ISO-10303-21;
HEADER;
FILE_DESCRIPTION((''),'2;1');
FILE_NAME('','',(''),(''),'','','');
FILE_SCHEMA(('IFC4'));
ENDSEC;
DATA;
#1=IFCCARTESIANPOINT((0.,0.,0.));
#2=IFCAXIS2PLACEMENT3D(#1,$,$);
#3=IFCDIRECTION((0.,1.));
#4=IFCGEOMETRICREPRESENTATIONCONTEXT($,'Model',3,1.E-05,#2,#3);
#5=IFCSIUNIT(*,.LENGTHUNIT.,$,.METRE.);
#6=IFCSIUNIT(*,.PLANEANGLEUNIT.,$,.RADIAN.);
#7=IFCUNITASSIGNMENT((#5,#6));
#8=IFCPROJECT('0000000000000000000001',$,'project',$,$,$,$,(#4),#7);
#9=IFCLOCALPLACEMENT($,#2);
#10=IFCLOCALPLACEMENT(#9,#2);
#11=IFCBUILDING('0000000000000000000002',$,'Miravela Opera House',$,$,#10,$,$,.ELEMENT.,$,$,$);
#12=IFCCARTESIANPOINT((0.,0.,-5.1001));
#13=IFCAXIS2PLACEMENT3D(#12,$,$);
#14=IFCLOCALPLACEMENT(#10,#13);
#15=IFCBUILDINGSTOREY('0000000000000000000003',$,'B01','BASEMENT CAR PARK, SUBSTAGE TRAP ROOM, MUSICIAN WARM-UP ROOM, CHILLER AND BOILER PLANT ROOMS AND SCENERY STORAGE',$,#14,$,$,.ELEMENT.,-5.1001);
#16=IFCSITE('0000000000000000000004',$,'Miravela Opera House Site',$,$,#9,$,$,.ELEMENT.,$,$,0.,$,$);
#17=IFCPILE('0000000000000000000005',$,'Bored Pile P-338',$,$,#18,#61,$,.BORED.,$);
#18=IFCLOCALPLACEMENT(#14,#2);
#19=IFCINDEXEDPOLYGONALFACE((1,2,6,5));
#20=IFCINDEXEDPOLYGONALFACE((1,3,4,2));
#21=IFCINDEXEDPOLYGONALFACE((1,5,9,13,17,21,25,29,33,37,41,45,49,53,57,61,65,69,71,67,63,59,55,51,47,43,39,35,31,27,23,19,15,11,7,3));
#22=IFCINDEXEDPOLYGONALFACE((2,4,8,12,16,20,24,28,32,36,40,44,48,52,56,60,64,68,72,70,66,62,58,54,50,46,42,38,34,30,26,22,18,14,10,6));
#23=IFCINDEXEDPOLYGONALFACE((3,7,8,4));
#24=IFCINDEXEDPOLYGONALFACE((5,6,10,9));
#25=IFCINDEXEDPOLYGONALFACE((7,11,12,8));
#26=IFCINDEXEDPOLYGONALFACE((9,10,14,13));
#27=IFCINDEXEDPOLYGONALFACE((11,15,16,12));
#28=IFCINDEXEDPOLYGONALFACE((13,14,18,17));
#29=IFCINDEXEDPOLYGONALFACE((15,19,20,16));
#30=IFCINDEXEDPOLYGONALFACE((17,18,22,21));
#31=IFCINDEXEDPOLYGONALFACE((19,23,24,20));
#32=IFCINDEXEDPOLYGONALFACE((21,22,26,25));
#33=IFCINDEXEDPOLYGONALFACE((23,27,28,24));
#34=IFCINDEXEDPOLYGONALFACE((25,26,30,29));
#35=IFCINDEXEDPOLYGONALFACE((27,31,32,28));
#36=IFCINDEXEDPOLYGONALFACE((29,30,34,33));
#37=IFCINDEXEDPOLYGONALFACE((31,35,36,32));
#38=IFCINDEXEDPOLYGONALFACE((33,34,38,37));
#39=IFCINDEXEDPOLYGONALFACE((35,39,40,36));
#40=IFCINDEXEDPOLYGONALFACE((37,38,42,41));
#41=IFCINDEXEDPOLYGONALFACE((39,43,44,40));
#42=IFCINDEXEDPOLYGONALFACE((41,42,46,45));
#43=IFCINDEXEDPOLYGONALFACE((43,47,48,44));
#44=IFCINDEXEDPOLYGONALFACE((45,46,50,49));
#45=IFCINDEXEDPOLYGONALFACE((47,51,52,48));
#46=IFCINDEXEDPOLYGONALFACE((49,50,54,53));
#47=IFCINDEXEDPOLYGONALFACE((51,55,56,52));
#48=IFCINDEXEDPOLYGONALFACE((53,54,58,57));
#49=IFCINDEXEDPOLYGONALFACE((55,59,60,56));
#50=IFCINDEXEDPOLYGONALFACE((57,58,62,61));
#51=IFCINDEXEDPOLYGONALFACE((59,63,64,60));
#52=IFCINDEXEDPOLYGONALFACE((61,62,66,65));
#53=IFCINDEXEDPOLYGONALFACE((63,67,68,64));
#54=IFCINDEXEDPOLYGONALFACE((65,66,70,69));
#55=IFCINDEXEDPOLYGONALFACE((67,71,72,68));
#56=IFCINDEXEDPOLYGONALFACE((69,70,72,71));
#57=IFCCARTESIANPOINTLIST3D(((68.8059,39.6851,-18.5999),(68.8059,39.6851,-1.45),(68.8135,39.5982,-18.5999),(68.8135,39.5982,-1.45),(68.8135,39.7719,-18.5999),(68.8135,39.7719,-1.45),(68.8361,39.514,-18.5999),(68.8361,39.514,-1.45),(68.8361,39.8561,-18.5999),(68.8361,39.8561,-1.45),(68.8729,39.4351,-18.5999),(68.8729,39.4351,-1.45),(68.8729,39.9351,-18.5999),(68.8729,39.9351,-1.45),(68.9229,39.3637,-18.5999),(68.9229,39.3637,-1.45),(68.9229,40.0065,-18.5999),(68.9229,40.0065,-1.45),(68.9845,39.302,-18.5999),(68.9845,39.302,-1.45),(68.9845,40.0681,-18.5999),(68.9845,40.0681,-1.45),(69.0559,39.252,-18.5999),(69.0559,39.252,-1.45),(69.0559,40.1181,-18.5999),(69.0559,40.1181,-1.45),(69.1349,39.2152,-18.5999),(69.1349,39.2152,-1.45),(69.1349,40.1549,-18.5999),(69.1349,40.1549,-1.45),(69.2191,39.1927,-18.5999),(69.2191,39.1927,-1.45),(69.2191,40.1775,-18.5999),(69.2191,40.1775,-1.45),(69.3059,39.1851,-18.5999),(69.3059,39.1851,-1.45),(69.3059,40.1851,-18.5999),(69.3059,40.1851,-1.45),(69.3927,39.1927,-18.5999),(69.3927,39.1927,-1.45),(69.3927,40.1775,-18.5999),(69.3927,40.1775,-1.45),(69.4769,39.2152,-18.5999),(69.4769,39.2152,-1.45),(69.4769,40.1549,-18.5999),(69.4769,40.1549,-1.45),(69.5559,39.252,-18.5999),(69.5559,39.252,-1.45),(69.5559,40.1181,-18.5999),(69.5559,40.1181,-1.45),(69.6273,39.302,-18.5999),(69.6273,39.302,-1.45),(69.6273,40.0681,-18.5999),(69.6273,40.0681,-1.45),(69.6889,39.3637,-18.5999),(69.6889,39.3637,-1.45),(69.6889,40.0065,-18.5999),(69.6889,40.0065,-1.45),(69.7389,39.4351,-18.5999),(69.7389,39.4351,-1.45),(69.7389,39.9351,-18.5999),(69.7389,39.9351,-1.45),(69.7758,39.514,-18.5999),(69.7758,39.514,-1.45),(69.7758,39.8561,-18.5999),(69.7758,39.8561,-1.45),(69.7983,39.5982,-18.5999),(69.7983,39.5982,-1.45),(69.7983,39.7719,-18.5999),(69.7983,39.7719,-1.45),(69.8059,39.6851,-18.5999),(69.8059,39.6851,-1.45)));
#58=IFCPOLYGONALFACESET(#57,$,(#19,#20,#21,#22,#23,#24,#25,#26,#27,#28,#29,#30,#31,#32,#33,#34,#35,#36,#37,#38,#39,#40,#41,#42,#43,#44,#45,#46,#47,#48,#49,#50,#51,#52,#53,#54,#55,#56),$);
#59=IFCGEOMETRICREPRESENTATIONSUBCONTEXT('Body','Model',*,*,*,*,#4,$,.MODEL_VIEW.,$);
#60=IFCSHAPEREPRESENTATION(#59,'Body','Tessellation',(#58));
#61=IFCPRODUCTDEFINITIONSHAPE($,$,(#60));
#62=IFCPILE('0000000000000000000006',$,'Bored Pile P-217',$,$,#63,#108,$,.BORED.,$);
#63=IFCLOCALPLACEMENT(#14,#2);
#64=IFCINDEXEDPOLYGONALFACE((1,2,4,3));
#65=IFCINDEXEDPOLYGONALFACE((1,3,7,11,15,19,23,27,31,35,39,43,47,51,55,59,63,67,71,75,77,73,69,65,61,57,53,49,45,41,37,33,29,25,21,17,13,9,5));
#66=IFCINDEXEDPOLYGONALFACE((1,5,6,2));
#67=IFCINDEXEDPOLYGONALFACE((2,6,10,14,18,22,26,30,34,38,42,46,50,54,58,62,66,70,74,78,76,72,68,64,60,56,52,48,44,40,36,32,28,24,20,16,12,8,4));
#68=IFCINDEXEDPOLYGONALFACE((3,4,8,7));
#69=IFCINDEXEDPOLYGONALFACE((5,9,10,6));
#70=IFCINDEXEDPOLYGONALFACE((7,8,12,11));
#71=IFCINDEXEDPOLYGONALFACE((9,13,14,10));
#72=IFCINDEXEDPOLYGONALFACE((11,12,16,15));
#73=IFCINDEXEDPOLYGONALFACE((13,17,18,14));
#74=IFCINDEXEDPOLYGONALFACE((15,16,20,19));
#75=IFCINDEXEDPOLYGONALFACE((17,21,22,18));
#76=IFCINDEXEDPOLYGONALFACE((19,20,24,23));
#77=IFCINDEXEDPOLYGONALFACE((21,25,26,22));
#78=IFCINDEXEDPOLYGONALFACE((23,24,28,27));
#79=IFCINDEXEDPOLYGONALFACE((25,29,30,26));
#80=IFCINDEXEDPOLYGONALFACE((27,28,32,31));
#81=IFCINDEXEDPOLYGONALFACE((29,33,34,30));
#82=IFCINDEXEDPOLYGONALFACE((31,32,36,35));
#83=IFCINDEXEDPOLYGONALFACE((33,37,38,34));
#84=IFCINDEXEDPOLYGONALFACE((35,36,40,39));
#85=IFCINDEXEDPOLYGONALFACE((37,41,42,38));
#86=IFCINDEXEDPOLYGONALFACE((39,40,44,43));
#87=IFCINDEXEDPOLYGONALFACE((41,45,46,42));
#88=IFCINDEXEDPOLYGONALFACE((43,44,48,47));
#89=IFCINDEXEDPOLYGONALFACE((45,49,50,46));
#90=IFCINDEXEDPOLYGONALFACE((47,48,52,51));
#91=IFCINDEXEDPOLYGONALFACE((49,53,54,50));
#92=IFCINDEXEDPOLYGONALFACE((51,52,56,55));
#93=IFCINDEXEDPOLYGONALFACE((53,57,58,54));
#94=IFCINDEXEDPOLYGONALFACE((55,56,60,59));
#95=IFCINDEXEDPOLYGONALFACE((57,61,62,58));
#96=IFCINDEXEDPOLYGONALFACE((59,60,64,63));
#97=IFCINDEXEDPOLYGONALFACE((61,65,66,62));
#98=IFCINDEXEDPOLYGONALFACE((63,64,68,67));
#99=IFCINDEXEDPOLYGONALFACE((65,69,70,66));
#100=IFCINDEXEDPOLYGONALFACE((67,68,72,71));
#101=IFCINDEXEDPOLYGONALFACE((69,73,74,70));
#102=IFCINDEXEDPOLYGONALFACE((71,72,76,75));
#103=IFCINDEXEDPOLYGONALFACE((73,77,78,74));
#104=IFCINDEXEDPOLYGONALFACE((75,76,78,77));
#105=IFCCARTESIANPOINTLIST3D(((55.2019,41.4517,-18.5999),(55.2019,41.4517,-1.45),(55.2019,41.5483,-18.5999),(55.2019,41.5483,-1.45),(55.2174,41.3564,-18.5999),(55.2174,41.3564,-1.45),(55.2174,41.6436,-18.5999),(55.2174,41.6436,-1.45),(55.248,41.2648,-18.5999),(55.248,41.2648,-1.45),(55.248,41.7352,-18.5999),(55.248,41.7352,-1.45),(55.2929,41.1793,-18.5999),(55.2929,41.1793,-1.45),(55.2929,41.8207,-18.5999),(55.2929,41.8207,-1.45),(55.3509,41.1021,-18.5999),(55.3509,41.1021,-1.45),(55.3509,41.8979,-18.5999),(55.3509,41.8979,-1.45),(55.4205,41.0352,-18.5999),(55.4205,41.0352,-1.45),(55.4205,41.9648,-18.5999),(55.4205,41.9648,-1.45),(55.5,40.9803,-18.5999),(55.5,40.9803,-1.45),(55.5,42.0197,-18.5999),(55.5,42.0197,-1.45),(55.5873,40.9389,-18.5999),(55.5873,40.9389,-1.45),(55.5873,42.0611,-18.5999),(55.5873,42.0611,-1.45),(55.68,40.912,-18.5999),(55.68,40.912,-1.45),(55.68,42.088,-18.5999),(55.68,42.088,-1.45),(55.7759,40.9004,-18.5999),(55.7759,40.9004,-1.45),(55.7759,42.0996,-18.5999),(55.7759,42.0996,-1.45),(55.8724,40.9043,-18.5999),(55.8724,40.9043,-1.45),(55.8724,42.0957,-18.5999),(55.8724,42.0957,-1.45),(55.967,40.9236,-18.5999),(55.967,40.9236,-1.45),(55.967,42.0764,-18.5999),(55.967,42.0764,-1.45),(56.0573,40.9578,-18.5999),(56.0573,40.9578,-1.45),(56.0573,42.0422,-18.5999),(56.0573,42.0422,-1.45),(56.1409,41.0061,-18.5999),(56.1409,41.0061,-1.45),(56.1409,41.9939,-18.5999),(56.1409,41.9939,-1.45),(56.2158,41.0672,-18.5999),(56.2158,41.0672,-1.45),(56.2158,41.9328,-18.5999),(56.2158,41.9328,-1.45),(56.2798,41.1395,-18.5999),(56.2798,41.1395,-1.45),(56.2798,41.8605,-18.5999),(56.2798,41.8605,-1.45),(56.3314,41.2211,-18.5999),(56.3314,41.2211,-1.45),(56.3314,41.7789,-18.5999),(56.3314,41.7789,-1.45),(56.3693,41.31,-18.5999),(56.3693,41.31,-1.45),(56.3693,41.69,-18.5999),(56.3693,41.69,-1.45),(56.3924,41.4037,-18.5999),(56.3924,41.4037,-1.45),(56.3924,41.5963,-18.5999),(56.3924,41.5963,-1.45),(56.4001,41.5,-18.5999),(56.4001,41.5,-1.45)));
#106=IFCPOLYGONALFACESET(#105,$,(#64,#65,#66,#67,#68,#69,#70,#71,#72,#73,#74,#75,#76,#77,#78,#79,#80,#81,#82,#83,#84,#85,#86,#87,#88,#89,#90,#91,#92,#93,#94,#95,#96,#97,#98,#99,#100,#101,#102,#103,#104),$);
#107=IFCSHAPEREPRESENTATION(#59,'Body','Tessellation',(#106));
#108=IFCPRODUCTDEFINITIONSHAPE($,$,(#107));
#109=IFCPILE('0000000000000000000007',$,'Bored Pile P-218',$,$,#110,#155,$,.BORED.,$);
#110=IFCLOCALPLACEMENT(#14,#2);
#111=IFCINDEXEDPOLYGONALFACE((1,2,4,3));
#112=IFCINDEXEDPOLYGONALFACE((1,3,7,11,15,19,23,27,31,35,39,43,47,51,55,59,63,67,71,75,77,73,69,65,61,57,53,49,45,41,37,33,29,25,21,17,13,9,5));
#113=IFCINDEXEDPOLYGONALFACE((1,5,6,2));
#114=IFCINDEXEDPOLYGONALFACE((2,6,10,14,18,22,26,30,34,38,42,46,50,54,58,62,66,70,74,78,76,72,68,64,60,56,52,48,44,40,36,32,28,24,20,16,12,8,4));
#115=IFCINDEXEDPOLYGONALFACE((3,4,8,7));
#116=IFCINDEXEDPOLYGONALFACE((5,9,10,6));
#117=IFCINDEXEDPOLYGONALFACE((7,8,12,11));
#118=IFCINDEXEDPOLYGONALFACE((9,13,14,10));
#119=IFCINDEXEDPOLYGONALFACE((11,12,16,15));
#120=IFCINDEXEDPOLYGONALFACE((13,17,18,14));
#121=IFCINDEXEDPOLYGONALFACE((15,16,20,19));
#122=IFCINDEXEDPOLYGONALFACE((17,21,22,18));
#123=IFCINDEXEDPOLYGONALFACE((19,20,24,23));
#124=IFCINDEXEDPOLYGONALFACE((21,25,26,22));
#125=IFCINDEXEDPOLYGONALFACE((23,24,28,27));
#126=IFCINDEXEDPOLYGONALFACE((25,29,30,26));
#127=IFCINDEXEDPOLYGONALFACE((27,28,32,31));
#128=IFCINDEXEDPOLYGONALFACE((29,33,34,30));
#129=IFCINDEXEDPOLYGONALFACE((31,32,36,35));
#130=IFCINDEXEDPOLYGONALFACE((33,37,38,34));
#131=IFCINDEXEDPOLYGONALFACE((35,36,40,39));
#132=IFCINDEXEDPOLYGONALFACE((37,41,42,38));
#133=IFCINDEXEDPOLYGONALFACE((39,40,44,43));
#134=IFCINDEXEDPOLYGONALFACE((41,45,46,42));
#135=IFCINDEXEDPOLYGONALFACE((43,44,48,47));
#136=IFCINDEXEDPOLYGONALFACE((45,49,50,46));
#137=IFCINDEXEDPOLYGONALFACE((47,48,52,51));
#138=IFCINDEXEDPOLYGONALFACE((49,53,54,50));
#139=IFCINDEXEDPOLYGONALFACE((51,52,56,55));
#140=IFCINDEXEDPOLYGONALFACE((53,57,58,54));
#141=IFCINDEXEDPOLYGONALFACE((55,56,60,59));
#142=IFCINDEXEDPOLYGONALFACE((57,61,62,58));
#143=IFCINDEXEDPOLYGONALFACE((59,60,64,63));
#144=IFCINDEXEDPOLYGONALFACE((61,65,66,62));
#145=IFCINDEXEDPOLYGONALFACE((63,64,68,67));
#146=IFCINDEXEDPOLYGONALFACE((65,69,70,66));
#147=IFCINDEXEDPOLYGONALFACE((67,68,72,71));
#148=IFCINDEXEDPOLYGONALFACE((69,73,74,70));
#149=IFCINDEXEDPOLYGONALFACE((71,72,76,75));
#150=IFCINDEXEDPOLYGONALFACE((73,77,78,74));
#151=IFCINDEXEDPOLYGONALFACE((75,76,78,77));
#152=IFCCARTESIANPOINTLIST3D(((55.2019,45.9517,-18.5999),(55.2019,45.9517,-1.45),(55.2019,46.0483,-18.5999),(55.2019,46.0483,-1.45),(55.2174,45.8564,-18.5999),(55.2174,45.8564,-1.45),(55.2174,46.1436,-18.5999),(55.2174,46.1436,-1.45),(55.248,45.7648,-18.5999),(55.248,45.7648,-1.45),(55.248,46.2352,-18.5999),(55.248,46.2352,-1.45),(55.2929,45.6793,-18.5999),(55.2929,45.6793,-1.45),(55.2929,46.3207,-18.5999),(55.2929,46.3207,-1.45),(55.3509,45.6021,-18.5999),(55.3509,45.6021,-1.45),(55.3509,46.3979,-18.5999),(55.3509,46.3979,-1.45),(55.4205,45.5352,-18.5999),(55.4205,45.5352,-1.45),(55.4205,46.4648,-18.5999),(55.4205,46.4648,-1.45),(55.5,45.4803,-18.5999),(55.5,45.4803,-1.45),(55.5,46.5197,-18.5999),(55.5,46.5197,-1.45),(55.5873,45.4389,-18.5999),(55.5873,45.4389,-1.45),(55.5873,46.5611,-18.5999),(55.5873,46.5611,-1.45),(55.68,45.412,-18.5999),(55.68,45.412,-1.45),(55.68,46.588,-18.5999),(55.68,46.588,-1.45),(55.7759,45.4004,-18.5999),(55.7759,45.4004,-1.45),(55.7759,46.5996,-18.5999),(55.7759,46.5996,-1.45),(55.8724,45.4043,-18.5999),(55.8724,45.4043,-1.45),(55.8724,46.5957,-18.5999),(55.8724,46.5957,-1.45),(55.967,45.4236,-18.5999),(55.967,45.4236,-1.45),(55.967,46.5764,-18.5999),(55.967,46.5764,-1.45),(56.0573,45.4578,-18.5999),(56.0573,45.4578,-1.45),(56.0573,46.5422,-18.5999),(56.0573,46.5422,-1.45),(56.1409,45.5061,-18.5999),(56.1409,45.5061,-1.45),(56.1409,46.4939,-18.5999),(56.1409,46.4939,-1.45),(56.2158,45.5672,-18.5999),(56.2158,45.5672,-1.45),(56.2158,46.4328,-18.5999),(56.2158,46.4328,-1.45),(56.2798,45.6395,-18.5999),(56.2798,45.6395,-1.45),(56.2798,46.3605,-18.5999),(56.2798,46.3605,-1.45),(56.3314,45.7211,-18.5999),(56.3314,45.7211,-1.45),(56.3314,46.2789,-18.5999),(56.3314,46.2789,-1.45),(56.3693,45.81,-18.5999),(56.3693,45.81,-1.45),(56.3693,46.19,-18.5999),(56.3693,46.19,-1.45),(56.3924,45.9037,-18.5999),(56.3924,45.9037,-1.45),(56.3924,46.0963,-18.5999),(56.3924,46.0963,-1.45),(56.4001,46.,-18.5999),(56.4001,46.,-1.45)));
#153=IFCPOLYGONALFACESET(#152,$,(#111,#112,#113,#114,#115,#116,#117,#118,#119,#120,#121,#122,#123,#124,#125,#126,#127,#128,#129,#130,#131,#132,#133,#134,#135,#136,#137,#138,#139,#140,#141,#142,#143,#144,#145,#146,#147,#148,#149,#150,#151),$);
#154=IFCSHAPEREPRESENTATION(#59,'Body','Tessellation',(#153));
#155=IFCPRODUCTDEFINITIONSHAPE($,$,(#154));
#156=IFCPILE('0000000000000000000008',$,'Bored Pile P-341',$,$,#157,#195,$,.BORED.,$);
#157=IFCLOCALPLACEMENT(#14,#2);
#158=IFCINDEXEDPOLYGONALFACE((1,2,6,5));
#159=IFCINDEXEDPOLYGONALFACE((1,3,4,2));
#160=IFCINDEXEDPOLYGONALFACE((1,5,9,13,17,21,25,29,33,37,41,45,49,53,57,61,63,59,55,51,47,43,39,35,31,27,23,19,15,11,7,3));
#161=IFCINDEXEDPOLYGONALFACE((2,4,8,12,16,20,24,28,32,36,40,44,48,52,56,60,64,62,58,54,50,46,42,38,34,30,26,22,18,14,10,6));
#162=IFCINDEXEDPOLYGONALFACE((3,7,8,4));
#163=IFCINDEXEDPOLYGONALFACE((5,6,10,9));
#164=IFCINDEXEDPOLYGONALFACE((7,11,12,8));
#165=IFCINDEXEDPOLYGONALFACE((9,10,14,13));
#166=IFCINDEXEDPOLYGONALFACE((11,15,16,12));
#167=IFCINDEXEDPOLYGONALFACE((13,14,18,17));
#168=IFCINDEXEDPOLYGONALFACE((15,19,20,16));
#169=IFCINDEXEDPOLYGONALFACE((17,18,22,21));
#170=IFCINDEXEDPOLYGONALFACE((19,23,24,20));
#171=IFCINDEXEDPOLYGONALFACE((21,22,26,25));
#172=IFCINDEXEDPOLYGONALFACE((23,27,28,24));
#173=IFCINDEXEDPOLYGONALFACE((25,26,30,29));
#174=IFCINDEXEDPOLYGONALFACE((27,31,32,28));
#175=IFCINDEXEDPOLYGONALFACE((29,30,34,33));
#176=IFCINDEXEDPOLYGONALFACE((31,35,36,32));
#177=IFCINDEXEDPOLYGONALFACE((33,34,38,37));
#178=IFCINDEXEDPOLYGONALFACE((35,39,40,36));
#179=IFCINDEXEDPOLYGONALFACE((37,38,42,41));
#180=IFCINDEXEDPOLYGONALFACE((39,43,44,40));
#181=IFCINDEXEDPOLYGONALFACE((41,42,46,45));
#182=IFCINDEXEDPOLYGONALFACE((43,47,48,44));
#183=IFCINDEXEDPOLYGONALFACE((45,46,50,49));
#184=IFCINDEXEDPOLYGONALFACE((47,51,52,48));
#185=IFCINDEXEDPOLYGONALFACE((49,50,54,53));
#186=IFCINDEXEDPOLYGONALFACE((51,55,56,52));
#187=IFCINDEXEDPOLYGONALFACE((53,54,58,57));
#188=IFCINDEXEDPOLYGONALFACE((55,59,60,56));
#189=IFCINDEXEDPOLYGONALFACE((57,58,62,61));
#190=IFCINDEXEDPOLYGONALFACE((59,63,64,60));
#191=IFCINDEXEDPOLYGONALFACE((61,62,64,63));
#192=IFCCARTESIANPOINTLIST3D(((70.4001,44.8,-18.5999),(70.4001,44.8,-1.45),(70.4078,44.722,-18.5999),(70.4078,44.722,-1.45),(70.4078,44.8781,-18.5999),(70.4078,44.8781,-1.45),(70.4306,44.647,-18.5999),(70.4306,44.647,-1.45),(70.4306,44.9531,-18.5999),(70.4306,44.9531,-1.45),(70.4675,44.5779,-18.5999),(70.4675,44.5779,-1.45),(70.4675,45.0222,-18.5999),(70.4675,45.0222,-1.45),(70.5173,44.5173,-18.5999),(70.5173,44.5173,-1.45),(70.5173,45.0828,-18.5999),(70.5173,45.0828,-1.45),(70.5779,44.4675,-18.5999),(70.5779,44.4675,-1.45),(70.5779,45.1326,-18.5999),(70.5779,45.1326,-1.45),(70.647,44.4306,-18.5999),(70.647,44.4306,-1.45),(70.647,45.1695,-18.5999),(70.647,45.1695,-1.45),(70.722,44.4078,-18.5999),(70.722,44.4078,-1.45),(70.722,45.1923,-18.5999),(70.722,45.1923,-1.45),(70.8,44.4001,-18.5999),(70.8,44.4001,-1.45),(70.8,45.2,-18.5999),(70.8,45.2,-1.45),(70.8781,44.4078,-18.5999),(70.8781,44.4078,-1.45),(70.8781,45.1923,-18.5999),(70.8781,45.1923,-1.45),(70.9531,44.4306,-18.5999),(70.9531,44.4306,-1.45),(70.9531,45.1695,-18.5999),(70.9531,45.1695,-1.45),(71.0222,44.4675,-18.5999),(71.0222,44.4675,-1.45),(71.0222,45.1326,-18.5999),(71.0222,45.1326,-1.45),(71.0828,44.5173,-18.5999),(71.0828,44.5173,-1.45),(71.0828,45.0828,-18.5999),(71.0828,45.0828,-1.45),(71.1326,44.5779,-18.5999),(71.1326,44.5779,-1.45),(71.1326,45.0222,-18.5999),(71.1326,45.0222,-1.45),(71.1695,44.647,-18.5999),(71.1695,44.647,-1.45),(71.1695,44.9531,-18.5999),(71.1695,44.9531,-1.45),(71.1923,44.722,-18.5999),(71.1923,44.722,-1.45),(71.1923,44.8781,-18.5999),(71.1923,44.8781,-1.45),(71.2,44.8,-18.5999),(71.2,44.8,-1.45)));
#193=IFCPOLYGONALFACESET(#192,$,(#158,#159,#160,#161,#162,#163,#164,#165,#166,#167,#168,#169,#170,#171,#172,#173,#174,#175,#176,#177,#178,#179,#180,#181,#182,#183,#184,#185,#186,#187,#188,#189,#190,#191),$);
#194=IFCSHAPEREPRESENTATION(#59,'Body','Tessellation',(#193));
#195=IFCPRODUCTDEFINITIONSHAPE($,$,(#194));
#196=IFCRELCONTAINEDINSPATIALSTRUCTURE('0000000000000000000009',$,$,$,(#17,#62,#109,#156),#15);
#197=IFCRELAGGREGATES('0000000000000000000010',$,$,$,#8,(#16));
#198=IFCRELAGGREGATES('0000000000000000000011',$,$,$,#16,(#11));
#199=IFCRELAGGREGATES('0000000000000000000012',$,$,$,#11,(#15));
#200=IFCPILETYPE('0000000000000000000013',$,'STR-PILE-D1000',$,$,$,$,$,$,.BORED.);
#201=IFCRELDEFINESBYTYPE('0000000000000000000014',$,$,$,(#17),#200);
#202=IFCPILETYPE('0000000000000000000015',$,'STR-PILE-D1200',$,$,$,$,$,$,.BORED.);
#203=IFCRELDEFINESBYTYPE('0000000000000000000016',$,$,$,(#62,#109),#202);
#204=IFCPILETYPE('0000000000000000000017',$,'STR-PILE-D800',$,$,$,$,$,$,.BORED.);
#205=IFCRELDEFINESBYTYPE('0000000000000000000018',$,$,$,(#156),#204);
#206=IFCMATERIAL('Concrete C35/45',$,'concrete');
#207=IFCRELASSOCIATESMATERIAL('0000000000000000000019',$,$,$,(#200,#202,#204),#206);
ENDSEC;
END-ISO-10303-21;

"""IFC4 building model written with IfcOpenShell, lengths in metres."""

from ifc_helpers import new_model, si_unit, direction, frame, origin, origin_2d, place, context, subcontext, project, spatial, circle, extrude, material, material_profile, profile_set, type_object, element, save


model = new_model("IFC4")

# Units and contexts
model_context = context("Model", 3, precision=1e-05, world=origin(), true_north=direction((0.0, 1.0)))
body_context = subcontext(model_context, "Body", "Model", "MODEL_VIEW")
ifc_project = project(units=[si_unit("LENGTHUNIT", "METRE"), si_unit("PLANEANGLEUNIT", "RADIAN")], contexts=[model_context])

# Site, building, storey
site_placement = place(None, origin())
site = spatial("IfcSite", under=ifc_project, at=site_placement, Name="Miravela Opera House Site", CompositionType="ELEMENT", RefElevation=0.0)
building_placement = place(site_placement, origin())
building = spatial("IfcBuilding", under=site, at=building_placement, Name="Miravela Opera House", CompositionType="ELEMENT")
storey_placement = place(building_placement, frame((0.0, 0.0, -5.1001)))
storey = spatial("IfcBuildingStorey", under=building, at=storey_placement, Name="B01", Description="BASEMENT CAR PARK, SUBSTAGE TRAP ROOM, MUSICIAN WARM-UP ROOM, CHILLER AND BOILER PLANT ROOMS AND SCENERY STORAGE", CompositionType="ELEMENT", Elevation=-5.1001)

# Shared definitions
ifc_material_1 = material(Name="Concrete C35/45", Category="concrete")

# Piles
ifc_material_profile_1 = material_profile(ifc_material_1, circle(Radius=0.5, at=origin_2d()), Name="PILE-D1000")
ifc_profile_set_1 = profile_set([ifc_material_profile_1])
pile_type_1 = type_object("IfcPileType", Name="STR-PILE-D1000", PredefinedType="BORED", material=ifc_profile_set_1)
for number, where, z_axis, x_axis, name in (
    (1, (69.3059, 39.6851, -1.45), (0.0, 0.0, -1.0), (1.0, 0.0, 0.0), "Bored Pile P-338"),
):
    element("IfcPile", number, at=place(storey_placement, frame(where, z_axis=z_axis, x_axis=x_axis)), inside=storey, type_object=pile_type_1, Name=name, PredefinedType="BORED", context=body_context, shape_type="SweptSolid", body=[
        extrude(circle(Radius=0.5, at=origin_2d()), origin(), (0.0, 0.0, 1.0), 17.1499),
    ])
ifc_material_profile_2 = material_profile(ifc_material_1, circle(Radius=0.6001, at=origin_2d()), Name="PILE-D1200")
ifc_profile_set_2 = profile_set([ifc_material_profile_2])
pile_type_2 = type_object("IfcPileType", Name="STR-PILE-D1200", PredefinedType="BORED", material=ifc_profile_set_2)
for number, where, z_axis, x_axis, name in (
    (2, (55.8, 41.5, -1.45), (0.0, 0.0, -1.0), (1.0, 0.0, 0.0), "Bored Pile P-217"),
    (3, (55.8, 46.0, -1.45), (0.0, 0.0, -1.0), (1.0, 0.0, 0.0), "Bored Pile P-218"),
):
    element("IfcPile", number, at=place(storey_placement, frame(where, z_axis=z_axis, x_axis=x_axis)), inside=storey, type_object=pile_type_2, Name=name, PredefinedType="BORED", context=body_context, shape_type="SweptSolid", body=[
        extrude(circle(Radius=0.6001, at=origin_2d()), origin(), (0.0, 0.0, 1.0), 17.1499),
    ])
ifc_material_profile_3 = material_profile(ifc_material_1, circle(Radius=0.3999, at=origin_2d()), Name="PILE-D800")
ifc_profile_set_3 = profile_set([ifc_material_profile_3])
pile_type_3 = type_object("IfcPileType", Name="STR-PILE-D800", PredefinedType="BORED", material=ifc_profile_set_3)
pile_placement = place(storey_placement, frame((70.8, 44.8, -1.45), z_axis=(0.0, 0.0, -1.0), x_axis=(1.0, 0.0, 0.0)))
element("IfcPile", 4, at=pile_placement, inside=storey, type_object=pile_type_3, Name="Bored Pile P-341", PredefinedType="BORED", context=body_context, shape_type="SweptSolid", body=[
    extrude(circle(Radius=0.3999, at=origin_2d()), origin(), (0.0, 0.0, 1.0), 17.1499),
])

save(model, "model.ifc")
